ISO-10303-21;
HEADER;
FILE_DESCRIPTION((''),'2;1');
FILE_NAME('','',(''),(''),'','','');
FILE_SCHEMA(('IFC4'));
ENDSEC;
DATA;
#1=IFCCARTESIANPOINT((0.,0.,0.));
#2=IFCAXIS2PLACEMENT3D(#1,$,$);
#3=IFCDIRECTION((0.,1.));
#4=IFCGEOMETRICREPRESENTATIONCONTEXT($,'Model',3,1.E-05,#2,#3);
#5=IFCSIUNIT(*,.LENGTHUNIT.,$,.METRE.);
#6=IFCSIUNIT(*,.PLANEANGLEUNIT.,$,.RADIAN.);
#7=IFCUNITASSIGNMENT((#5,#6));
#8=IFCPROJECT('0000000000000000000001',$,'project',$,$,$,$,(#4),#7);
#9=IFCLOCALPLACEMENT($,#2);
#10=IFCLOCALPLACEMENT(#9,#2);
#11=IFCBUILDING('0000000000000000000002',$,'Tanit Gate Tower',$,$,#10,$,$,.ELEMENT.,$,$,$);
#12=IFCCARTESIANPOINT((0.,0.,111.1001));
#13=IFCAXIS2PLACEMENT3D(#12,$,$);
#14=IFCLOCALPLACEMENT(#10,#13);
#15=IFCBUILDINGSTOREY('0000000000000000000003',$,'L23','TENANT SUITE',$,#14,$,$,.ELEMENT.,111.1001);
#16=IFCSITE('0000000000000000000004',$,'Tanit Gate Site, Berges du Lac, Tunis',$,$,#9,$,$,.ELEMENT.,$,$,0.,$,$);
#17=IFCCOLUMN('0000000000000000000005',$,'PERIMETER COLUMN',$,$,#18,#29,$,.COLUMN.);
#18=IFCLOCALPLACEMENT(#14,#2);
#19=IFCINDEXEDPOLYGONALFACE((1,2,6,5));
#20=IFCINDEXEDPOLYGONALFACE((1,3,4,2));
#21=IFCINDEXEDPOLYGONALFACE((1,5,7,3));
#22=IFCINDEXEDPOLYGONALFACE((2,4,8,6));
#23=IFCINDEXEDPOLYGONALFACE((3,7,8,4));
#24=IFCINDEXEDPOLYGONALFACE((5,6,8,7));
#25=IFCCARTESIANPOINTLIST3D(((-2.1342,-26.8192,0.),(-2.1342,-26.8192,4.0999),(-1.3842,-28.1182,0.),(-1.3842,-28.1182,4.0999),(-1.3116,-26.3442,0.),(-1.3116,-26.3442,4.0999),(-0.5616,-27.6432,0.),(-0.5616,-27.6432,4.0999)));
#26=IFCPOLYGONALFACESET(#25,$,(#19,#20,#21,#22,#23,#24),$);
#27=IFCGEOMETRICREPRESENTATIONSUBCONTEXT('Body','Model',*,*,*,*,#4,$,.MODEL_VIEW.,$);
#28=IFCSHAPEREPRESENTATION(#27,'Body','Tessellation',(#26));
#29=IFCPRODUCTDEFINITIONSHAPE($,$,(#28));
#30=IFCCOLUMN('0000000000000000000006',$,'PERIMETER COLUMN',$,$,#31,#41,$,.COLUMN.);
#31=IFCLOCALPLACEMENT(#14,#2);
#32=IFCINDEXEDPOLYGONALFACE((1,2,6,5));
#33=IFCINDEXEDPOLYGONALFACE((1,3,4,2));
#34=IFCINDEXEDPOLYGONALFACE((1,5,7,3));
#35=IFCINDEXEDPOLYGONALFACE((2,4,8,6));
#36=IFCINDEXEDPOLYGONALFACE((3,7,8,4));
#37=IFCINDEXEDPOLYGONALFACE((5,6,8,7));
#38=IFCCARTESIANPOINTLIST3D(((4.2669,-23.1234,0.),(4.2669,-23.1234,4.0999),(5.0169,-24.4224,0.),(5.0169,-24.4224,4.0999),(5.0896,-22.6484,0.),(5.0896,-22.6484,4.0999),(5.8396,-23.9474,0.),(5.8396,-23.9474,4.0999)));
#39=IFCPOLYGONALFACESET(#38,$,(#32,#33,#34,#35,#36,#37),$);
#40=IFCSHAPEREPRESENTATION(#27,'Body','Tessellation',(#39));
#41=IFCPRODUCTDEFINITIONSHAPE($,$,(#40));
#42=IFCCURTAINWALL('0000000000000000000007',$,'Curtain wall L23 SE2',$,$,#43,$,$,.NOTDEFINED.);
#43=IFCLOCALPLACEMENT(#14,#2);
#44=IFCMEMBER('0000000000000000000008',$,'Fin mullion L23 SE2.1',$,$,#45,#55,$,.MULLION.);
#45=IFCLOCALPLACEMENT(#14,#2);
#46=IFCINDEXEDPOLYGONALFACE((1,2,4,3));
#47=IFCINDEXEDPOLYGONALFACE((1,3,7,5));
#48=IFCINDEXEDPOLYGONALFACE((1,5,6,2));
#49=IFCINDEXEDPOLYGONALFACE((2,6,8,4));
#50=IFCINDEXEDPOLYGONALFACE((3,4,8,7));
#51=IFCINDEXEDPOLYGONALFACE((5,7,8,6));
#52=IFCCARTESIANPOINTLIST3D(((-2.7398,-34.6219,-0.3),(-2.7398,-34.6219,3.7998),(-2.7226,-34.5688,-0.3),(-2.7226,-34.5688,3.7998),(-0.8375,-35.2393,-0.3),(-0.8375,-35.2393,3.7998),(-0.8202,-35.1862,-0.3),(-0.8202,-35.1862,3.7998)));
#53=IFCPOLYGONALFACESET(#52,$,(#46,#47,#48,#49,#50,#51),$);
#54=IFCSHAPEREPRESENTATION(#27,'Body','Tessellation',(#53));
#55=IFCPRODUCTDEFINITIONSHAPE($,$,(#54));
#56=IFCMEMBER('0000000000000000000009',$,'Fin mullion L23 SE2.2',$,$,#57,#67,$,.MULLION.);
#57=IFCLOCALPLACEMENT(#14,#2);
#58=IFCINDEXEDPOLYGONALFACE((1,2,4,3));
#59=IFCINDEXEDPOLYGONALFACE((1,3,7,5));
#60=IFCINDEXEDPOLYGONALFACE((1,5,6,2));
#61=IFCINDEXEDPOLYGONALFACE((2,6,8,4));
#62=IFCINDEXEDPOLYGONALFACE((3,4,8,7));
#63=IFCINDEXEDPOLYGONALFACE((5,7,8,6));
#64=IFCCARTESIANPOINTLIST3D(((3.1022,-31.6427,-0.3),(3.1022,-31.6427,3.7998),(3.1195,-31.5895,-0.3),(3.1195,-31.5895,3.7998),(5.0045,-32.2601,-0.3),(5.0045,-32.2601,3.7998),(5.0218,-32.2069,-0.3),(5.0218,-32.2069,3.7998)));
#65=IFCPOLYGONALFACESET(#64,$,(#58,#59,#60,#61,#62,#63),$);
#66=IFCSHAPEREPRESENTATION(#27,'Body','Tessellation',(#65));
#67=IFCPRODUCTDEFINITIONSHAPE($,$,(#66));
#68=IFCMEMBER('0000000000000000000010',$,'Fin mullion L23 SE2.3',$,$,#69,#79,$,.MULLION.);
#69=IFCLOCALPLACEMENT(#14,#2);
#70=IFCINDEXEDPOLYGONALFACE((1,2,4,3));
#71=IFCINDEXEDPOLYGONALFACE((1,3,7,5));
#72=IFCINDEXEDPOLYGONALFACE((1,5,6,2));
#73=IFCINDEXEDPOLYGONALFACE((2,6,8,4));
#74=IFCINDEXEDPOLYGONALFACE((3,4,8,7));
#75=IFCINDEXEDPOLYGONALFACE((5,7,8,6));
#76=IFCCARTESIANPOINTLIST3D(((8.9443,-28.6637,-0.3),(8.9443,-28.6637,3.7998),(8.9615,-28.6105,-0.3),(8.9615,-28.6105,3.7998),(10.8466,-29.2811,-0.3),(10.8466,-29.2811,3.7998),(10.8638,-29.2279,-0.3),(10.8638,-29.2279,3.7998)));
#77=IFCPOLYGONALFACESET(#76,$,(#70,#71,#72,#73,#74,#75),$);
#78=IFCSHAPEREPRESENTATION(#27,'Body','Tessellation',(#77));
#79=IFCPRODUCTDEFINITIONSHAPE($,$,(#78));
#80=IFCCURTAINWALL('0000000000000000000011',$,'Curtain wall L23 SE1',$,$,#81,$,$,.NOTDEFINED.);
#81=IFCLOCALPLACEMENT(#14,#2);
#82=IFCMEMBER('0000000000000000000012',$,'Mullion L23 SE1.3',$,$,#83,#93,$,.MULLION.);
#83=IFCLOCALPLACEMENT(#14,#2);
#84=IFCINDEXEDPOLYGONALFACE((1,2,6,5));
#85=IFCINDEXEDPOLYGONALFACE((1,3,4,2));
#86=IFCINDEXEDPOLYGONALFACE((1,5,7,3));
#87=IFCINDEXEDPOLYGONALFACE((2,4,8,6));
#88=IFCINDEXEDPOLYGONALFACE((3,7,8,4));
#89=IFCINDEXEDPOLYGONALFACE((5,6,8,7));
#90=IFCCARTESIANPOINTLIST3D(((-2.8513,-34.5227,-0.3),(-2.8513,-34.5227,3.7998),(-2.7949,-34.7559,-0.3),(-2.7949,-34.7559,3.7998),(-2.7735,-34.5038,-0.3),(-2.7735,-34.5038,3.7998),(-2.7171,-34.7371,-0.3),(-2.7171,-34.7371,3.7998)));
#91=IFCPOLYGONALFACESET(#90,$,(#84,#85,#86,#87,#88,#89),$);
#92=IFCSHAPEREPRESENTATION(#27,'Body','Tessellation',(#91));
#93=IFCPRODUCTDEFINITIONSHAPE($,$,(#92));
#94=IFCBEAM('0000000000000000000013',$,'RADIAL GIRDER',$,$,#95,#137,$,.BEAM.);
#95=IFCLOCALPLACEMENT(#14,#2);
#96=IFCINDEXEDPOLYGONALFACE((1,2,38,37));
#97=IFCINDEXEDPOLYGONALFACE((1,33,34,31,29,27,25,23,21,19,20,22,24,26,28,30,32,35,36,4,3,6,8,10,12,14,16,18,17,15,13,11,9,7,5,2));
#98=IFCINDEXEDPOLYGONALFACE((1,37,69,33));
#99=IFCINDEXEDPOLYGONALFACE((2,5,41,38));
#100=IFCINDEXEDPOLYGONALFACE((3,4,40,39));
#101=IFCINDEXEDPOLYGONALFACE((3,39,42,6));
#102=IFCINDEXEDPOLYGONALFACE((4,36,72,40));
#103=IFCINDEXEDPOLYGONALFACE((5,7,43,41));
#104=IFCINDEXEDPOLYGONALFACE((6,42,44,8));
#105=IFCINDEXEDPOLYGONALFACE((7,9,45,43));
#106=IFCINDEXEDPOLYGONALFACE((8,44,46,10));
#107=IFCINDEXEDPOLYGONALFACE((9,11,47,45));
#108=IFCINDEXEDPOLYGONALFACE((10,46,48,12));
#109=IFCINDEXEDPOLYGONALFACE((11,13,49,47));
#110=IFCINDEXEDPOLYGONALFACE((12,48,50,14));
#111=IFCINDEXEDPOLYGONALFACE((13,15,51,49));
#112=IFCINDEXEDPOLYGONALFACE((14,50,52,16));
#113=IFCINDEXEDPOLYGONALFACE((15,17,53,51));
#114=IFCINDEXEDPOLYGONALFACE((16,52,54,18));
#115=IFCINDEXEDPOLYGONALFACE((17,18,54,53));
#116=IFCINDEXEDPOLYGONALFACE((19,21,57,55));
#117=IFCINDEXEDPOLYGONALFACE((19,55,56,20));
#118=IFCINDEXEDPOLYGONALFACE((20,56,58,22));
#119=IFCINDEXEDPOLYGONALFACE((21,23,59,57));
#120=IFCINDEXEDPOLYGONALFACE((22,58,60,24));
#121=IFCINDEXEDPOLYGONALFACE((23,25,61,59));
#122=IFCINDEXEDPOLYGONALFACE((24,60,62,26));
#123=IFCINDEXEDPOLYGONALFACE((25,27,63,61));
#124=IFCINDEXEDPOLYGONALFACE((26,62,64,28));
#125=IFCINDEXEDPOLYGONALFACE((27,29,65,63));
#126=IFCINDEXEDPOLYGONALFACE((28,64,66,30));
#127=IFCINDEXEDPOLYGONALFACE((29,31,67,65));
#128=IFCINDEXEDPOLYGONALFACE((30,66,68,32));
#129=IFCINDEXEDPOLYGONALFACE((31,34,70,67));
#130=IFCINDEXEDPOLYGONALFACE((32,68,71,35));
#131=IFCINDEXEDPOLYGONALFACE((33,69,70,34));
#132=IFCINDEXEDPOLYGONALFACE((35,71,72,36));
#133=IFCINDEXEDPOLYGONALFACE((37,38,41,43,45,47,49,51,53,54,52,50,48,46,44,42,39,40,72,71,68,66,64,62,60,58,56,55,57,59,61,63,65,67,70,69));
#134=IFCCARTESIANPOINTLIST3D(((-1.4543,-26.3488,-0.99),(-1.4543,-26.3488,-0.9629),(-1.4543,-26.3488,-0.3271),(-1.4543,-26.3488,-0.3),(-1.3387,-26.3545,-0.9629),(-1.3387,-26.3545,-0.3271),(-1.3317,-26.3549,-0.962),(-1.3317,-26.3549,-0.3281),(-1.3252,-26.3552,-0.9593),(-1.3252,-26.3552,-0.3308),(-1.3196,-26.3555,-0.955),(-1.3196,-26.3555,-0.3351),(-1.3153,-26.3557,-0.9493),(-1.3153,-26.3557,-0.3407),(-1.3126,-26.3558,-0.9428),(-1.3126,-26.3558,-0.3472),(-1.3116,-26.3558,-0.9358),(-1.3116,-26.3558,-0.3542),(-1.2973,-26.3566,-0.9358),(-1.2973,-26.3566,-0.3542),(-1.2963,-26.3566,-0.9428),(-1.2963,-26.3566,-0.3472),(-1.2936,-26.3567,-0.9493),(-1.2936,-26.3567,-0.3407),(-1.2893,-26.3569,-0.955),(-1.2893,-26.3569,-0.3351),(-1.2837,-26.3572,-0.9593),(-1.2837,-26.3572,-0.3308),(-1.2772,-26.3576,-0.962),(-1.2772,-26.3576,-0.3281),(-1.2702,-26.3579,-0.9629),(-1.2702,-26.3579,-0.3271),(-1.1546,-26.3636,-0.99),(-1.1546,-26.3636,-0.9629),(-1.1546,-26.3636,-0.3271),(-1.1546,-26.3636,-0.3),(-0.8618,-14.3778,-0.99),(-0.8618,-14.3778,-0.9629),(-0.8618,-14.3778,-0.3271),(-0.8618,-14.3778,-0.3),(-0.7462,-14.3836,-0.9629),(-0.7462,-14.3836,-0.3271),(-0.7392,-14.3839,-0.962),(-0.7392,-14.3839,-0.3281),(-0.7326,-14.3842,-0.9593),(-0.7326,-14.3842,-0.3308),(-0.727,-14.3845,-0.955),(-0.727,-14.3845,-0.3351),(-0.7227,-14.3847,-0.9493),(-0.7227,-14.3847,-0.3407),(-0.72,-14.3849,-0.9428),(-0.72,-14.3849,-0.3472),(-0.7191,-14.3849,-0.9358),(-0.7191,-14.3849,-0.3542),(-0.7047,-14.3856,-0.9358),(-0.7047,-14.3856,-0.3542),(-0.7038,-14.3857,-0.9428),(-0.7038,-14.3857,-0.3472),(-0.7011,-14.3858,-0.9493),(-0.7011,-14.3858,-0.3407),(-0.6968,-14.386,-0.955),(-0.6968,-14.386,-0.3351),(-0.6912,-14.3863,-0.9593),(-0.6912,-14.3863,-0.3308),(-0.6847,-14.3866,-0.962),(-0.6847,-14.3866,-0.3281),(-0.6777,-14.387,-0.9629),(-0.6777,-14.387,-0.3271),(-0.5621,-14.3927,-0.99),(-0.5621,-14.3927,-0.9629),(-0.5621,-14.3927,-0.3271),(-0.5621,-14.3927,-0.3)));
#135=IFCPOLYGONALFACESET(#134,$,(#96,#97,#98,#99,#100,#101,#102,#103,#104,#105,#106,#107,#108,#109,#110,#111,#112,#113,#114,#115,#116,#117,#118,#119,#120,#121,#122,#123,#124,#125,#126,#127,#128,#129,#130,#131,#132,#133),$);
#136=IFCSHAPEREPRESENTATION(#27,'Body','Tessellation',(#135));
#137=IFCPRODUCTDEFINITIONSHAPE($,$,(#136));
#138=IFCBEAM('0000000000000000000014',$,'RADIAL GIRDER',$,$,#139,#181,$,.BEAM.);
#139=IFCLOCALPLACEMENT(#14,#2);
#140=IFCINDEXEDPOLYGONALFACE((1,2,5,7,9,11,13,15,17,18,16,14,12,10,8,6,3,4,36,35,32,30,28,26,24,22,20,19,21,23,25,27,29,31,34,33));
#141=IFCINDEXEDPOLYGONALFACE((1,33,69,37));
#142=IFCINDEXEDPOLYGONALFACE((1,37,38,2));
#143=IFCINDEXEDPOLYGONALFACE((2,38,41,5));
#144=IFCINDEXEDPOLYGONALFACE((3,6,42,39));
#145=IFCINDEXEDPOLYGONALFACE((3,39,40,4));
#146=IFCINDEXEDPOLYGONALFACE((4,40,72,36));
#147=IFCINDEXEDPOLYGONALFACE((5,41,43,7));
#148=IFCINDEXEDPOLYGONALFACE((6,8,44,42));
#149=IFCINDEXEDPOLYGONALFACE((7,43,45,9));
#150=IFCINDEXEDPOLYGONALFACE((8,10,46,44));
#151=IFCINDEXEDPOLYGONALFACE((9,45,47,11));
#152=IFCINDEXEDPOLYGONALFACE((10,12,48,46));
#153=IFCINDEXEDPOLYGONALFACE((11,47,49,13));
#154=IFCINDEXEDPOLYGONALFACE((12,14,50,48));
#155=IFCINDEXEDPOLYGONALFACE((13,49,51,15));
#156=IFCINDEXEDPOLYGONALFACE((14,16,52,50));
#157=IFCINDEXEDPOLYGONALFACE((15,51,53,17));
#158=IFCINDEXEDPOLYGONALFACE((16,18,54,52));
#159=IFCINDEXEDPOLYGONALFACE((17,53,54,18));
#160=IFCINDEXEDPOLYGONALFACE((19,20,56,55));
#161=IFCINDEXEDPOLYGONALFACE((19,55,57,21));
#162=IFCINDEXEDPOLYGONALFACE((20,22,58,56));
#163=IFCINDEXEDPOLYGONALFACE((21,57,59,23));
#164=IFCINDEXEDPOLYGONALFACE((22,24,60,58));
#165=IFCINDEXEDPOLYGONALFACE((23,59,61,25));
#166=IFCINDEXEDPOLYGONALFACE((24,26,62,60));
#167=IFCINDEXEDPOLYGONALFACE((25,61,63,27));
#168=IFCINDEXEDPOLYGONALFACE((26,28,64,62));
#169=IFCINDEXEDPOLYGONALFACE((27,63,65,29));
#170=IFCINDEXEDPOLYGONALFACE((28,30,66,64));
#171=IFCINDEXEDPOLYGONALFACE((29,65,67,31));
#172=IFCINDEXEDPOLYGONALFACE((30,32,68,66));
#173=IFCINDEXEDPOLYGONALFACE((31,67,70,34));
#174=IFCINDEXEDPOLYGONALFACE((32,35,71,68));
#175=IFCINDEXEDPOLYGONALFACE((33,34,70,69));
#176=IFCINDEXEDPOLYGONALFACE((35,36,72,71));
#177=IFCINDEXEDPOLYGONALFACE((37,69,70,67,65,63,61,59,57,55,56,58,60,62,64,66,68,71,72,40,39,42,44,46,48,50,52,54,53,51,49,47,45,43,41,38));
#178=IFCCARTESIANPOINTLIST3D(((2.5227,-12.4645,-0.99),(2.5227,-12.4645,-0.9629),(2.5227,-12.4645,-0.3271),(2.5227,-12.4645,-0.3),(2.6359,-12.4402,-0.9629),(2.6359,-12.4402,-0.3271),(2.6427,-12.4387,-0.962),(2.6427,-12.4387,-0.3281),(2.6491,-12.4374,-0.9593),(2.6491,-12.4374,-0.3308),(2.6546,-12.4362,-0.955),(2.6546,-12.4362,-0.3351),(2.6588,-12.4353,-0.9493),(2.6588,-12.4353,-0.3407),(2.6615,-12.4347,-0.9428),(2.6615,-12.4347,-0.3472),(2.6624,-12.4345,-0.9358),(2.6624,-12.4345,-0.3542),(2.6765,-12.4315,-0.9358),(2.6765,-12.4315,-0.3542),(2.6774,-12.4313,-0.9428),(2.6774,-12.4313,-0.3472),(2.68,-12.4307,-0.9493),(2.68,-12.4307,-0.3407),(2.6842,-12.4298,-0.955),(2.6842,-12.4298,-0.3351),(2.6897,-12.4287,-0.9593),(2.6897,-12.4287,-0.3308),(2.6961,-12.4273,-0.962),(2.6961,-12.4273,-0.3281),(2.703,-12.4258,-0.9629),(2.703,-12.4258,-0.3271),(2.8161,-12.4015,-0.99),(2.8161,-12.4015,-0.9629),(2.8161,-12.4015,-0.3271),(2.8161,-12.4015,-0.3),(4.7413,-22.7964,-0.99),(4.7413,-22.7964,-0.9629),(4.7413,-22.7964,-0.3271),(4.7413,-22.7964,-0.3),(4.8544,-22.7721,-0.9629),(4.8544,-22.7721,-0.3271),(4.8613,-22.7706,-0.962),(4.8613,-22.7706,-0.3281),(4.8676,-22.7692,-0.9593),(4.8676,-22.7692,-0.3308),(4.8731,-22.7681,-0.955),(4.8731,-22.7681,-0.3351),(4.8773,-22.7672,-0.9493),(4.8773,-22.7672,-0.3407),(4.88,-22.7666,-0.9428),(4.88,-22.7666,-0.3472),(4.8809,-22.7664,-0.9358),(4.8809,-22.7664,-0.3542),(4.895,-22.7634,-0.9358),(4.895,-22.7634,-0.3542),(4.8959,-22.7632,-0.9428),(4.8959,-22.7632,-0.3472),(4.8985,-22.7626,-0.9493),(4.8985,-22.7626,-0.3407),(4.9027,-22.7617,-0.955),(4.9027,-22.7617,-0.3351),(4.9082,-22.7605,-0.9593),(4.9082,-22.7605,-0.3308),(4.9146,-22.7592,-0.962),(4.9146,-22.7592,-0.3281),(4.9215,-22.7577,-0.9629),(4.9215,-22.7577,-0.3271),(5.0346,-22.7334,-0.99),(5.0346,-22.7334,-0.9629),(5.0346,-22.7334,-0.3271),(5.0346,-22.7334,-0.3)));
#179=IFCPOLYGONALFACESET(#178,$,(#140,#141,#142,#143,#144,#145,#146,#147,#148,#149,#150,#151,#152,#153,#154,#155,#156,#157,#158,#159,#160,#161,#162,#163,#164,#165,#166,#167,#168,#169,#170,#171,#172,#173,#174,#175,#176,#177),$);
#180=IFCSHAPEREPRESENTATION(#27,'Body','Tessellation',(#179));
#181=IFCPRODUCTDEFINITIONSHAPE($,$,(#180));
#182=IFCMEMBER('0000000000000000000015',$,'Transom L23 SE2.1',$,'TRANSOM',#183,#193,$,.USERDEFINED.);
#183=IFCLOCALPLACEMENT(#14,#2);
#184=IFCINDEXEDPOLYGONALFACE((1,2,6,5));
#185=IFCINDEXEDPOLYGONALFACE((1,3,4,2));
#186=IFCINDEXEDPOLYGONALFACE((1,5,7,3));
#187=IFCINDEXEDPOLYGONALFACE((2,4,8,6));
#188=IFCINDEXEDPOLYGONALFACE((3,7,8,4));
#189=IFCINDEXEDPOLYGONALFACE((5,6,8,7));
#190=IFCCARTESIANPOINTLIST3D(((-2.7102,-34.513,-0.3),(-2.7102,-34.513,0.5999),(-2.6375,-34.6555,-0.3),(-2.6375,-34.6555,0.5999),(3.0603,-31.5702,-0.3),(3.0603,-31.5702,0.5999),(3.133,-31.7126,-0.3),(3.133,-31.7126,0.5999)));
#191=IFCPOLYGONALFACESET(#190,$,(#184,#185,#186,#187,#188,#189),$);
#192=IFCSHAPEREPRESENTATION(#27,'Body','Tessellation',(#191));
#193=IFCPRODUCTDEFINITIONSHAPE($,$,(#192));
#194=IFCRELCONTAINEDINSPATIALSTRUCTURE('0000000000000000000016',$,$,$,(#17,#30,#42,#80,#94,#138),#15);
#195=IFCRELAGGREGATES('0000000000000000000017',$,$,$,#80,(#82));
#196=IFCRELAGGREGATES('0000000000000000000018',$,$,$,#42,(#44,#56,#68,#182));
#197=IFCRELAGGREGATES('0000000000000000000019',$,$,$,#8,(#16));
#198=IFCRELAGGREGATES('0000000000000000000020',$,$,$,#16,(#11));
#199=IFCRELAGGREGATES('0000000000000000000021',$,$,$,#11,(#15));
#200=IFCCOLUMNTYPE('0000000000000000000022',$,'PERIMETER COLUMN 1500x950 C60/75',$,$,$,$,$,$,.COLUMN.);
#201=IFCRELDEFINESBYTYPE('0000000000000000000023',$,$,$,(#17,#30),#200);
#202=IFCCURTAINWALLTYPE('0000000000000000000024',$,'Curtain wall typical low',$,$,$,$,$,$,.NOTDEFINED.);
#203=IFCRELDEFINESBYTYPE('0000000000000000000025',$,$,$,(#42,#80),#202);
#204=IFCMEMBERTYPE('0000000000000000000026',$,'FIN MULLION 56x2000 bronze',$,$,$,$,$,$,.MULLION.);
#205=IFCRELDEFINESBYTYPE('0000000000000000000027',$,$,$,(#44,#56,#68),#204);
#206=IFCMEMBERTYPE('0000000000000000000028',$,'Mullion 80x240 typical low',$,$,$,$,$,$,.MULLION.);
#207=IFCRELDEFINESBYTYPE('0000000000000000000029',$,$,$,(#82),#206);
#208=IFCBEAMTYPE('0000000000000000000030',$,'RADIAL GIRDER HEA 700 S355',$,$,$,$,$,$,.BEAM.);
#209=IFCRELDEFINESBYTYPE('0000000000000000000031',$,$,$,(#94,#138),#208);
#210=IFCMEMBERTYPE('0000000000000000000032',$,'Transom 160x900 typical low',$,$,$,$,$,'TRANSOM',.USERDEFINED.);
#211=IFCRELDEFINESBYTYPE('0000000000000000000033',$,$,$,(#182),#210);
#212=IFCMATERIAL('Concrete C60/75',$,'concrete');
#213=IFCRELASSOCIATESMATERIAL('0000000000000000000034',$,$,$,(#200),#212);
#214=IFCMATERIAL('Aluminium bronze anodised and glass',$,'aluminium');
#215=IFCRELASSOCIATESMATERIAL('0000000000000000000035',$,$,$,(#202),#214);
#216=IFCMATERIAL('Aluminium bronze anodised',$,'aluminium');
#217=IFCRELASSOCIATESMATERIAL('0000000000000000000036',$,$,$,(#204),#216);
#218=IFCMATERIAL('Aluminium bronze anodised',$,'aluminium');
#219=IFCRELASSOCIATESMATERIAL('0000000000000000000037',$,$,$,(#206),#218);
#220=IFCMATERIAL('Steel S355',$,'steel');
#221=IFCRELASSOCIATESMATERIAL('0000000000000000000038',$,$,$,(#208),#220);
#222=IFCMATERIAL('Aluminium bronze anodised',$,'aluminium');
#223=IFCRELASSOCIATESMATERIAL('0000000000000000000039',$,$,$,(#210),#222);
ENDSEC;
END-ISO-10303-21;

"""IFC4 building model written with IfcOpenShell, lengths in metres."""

from ifc_helpers import new_model, si_unit, direction, frame, origin, origin_2d, place, context, subcontext, project, spatial, rectangle, i_section, extrude, material, material_profile, profile_set, type_object, element, aggregate, save


model = new_model("IFC4")

# Units and contexts
model_context = context("Model", 3, precision=1e-05, world=origin(), true_north=direction((0.0, 1.0)))
body_context = subcontext(model_context, "Body", "Model", "MODEL_VIEW")
ifc_project = project(units=[si_unit("LENGTHUNIT", "METRE"), si_unit("PLANEANGLEUNIT", "RADIAN")], contexts=[model_context])

# Site, building, storey
site_placement = place(None, origin())
site = spatial("IfcSite", under=ifc_project, at=site_placement, Name="Tanit Gate Site, Berges du Lac, Tunis", CompositionType="ELEMENT", RefElevation=0.0)
building_placement = place(site_placement, origin())
building = spatial("IfcBuilding", under=site, at=building_placement, Name="Tanit Gate Tower", CompositionType="ELEMENT")
storey_placement = place(building_placement, frame((0.0, 0.0, 111.1001)))
storey = spatial("IfcBuildingStorey", under=building, at=storey_placement, Name="L23", Description="TENANT SUITE", CompositionType="ELEMENT", Elevation=111.1001)

# Columns
ifc_material_1 = material(Name="Concrete C60/75", Category="concrete")
ifc_material_profile_1 = material_profile(ifc_material_1, rectangle(XDim=1.5, YDim=0.95, at=origin_2d()), Name="RC 1500x950")
ifc_profile_set_1 = profile_set([ifc_material_profile_1], Name="Concrete C60/75")
column_type = type_object("IfcColumnType", Name="PERIMETER COLUMN 1500x950 C60/75", PredefinedType="COLUMN", material=ifc_profile_set_1)
for number, where, z_axis, x_axis, name in (
    (1, (-1.3479, -27.2312, 0.0), (0.0, 0.0, 1.0), (0.5, -0.866025, 0.0), "PERIMETER COLUMN"),
    (2, (5.0532, -23.5354, 0.0), (0.0, 0.0, 1.0), (0.5, -0.866025, 0.0), "PERIMETER COLUMN"),
):
    element("IfcColumn", number, at=place(storey_placement, frame(where, z_axis=z_axis, x_axis=x_axis)), inside=storey, type_object=column_type, Name=name, PredefinedType="COLUMN", context=body_context, shape_type="SweptSolid", body=[
        extrude(rectangle(XDim=1.5, YDim=0.95, at=origin_2d()), origin(), (0.0, 0.0, 1.0), 4.0999),
    ])

# Curtain wall, members
ifc_material_2 = material(Name="Aluminium bronze anodised and glass", Category="aluminium")
curtain_wall_type = type_object("IfcCurtainWallType", Name="Curtain wall typical low", PredefinedType="NOTDEFINED", material=ifc_material_2)
curtain_wall_1_placement = place(storey_placement, origin())
curtain_wall_1 = element("IfcCurtainWall", 3, at=curtain_wall_1_placement, inside=storey, type_object=curtain_wall_type, Name="Curtain wall L23 SE2", PredefinedType="NOTDEFINED")
ifc_material_3 = material(Name="Aluminium bronze anodised", Category="aluminium")
ifc_material_profile_2 = material_profile(ifc_material_3, rectangle(XDim=2.0, YDim=0.0559, at=origin_2d()), Name="56x2000 bronze fin mullion")
ifc_profile_set_2 = profile_set([ifc_material_profile_2], Name="Aluminium bronze anodised")
member_type_1 = type_object("IfcMemberType", Name="FIN MULLION 56x2000 bronze", PredefinedType="MULLION", material=ifc_profile_set_2)
member_1_placement = place(storey_placement, frame((-1.78, -34.9041, -0.3), z_axis=(0.0, 0.0, 1.0), x_axis=(-0.95116, 0.3087, 0.0)))
member_1 = element("IfcMember", 4, at=member_1_placement, type_object=member_type_1, Name="Fin mullion L23 SE2.1", PredefinedType="MULLION", context=body_context, shape_type="SweptSolid", body=[
    extrude(rectangle(XDim=2.0, YDim=0.0559, at=origin_2d()), origin(), (0.0, 0.0, 1.0), 4.0999),
])
member_2_placement = place(storey_placement, frame((4.062, -31.9248, -0.3), z_axis=(0.0, 0.0, 1.0), x_axis=(-0.95116, 0.3087, 0.0)))
member_2 = element("IfcMember", 5, at=member_2_placement, type_object=member_type_1, Name="Fin mullion L23 SE2.2", PredefinedType="MULLION", context=body_context, shape_type="SweptSolid", body=[
    extrude(rectangle(XDim=2.0, YDim=0.0559, at=origin_2d()), origin(), (0.0, 0.0, 1.0), 4.0999),
])
member_3_placement = place(storey_placement, frame((9.9041, -28.9458, -0.3), z_axis=(0.0, 0.0, 1.0), x_axis=(-0.95116, 0.3087, 0.0)))
member_3 = element("IfcMember", 6, at=member_3_placement, type_object=member_type_1, Name="Fin mullion L23 SE2.3", PredefinedType="MULLION", context=body_context, shape_type="SweptSolid", body=[
    extrude(rectangle(XDim=2.0, YDim=0.0559, at=origin_2d()), origin(), (0.0, 0.0, 1.0), 4.0999),
])

# Curtain wall, member
curtain_wall_2_placement = place(storey_placement, origin())
curtain_wall_2 = element("IfcCurtainWall", 7, at=curtain_wall_2_placement, inside=storey, type_object=curtain_wall_type, Name="Curtain wall L23 SE1", PredefinedType="NOTDEFINED")
ifc_material_4 = material(Name="Aluminium bronze anodised", Category="aluminium")
ifc_material_profile_3 = material_profile(ifc_material_4, rectangle(XDim=0.24, YDim=0.0801, at=origin_2d()), Name="80x240 bronze mullion")
ifc_profile_set_3 = profile_set([ifc_material_profile_3], Name="Aluminium bronze anodised")
member_type_2 = type_object("IfcMemberType", Name="Mullion 80x240 typical low", PredefinedType="MULLION", material=ifc_profile_set_3)
member_4_placement = place(storey_placement, frame((-2.7842, -34.6299, -0.3), z_axis=(0.0, 0.0, 1.0), x_axis=(-0.234957, 0.972006, 0.0)))
member_4 = element("IfcMember", 8, at=member_4_placement, type_object=member_type_2, Name="Mullion L23 SE1.3", PredefinedType="MULLION", context=body_context, shape_type="SweptSolid", body=[
    extrude(rectangle(XDim=0.24, YDim=0.0801, at=origin_2d()), origin(), (0.0, 0.0, 1.0), 4.0999),
])
aggregate(curtain_wall_2, [member_4])

# Beams
ifc_material_5 = material(Name="Steel S355", Category="steel")
ifc_material_profile_4 = material_profile(ifc_material_5, i_section(OverallWidth=0.3, OverallDepth=0.6899, WebThickness=0.0144, FlangeThickness=0.0271, FilletRadius=0.0271, at=origin_2d()), Name="HEA 700")
ifc_profile_set_4 = profile_set([ifc_material_profile_4], Name="Steel S355")
beam_type = type_object("IfcBeamType", Name="RADIAL GIRDER HEA 700 S355", PredefinedType="BEAM", material=ifc_profile_set_4)
beam_1_placement = place(storey_placement, frame((-1.3044, -26.3562, -0.645), z_axis=(0.049437, 0.998777, 0.0), x_axis=(-0.998777, 0.049437, 0.0)))
element("IfcBeam", 9, at=beam_1_placement, inside=storey, type_object=beam_type, Name="RADIAL GIRDER", PredefinedType="BEAM", context=body_context, shape_type="SweptSolid", body=[
    extrude(i_section(OverallWidth=0.3, OverallDepth=0.6899, WebThickness=0.0144, FlangeThickness=0.0271, FilletRadius=0.0271, at=origin_2d()), origin(), (0.0, 0.0, 1.0), 11.9856),
])
beam_2_placement = place(storey_placement, frame((4.8879, -22.7649, -0.645), z_axis=(-0.209941, 0.977714, 0.0), x_axis=(-0.977714, -0.209941, 0.0)))
element("IfcBeam", 10, at=beam_2_placement, inside=storey, type_object=beam_type, Name="RADIAL GIRDER", PredefinedType="BEAM", context=body_context, shape_type="SweptSolid", body=[
    extrude(i_section(OverallWidth=0.3, OverallDepth=0.6899, WebThickness=0.0144, FlangeThickness=0.0271, FilletRadius=0.0271, at=origin_2d()), origin(), (0.0, 0.0, 1.0), 10.5674),
])

# Member
ifc_material_6 = material(Name="Aluminium bronze anodised", Category="aluminium")
ifc_material_profile_5 = material_profile(ifc_material_6, rectangle(XDim=0.1599, YDim=0.8999, at=origin_2d()), Name="160x900 bronze transom")
ifc_profile_set_5 = profile_set([ifc_material_profile_5], Name="Aluminium bronze anodised")
member_type_3 = type_object("IfcMemberType", Name="Transom 160x900 typical low", ElementType="TRANSOM", PredefinedType="USERDEFINED", material=ifc_profile_set_5)
member_5_placement = place(storey_placement, frame((-2.6738, -34.5842, 0.1499), z_axis=(0.890841, 0.454315, 0.0), x_axis=(-0.454315, 0.890841, 0.0)))
member_5 = element("IfcMember", 11, at=member_5_placement, type_object=member_type_3, Name="Transom L23 SE2.1", ObjectType="TRANSOM", PredefinedType="USERDEFINED", context=body_context, shape_type="SweptSolid", body=[
    extrude(rectangle(XDim=0.1599, YDim=0.8999, at=origin_2d()), origin(), (0.0, 0.0, 1.0), 6.4775),
])

aggregate(curtain_wall_1, [member_1, member_2, member_3, member_5])

save(model, "model.ifc")
